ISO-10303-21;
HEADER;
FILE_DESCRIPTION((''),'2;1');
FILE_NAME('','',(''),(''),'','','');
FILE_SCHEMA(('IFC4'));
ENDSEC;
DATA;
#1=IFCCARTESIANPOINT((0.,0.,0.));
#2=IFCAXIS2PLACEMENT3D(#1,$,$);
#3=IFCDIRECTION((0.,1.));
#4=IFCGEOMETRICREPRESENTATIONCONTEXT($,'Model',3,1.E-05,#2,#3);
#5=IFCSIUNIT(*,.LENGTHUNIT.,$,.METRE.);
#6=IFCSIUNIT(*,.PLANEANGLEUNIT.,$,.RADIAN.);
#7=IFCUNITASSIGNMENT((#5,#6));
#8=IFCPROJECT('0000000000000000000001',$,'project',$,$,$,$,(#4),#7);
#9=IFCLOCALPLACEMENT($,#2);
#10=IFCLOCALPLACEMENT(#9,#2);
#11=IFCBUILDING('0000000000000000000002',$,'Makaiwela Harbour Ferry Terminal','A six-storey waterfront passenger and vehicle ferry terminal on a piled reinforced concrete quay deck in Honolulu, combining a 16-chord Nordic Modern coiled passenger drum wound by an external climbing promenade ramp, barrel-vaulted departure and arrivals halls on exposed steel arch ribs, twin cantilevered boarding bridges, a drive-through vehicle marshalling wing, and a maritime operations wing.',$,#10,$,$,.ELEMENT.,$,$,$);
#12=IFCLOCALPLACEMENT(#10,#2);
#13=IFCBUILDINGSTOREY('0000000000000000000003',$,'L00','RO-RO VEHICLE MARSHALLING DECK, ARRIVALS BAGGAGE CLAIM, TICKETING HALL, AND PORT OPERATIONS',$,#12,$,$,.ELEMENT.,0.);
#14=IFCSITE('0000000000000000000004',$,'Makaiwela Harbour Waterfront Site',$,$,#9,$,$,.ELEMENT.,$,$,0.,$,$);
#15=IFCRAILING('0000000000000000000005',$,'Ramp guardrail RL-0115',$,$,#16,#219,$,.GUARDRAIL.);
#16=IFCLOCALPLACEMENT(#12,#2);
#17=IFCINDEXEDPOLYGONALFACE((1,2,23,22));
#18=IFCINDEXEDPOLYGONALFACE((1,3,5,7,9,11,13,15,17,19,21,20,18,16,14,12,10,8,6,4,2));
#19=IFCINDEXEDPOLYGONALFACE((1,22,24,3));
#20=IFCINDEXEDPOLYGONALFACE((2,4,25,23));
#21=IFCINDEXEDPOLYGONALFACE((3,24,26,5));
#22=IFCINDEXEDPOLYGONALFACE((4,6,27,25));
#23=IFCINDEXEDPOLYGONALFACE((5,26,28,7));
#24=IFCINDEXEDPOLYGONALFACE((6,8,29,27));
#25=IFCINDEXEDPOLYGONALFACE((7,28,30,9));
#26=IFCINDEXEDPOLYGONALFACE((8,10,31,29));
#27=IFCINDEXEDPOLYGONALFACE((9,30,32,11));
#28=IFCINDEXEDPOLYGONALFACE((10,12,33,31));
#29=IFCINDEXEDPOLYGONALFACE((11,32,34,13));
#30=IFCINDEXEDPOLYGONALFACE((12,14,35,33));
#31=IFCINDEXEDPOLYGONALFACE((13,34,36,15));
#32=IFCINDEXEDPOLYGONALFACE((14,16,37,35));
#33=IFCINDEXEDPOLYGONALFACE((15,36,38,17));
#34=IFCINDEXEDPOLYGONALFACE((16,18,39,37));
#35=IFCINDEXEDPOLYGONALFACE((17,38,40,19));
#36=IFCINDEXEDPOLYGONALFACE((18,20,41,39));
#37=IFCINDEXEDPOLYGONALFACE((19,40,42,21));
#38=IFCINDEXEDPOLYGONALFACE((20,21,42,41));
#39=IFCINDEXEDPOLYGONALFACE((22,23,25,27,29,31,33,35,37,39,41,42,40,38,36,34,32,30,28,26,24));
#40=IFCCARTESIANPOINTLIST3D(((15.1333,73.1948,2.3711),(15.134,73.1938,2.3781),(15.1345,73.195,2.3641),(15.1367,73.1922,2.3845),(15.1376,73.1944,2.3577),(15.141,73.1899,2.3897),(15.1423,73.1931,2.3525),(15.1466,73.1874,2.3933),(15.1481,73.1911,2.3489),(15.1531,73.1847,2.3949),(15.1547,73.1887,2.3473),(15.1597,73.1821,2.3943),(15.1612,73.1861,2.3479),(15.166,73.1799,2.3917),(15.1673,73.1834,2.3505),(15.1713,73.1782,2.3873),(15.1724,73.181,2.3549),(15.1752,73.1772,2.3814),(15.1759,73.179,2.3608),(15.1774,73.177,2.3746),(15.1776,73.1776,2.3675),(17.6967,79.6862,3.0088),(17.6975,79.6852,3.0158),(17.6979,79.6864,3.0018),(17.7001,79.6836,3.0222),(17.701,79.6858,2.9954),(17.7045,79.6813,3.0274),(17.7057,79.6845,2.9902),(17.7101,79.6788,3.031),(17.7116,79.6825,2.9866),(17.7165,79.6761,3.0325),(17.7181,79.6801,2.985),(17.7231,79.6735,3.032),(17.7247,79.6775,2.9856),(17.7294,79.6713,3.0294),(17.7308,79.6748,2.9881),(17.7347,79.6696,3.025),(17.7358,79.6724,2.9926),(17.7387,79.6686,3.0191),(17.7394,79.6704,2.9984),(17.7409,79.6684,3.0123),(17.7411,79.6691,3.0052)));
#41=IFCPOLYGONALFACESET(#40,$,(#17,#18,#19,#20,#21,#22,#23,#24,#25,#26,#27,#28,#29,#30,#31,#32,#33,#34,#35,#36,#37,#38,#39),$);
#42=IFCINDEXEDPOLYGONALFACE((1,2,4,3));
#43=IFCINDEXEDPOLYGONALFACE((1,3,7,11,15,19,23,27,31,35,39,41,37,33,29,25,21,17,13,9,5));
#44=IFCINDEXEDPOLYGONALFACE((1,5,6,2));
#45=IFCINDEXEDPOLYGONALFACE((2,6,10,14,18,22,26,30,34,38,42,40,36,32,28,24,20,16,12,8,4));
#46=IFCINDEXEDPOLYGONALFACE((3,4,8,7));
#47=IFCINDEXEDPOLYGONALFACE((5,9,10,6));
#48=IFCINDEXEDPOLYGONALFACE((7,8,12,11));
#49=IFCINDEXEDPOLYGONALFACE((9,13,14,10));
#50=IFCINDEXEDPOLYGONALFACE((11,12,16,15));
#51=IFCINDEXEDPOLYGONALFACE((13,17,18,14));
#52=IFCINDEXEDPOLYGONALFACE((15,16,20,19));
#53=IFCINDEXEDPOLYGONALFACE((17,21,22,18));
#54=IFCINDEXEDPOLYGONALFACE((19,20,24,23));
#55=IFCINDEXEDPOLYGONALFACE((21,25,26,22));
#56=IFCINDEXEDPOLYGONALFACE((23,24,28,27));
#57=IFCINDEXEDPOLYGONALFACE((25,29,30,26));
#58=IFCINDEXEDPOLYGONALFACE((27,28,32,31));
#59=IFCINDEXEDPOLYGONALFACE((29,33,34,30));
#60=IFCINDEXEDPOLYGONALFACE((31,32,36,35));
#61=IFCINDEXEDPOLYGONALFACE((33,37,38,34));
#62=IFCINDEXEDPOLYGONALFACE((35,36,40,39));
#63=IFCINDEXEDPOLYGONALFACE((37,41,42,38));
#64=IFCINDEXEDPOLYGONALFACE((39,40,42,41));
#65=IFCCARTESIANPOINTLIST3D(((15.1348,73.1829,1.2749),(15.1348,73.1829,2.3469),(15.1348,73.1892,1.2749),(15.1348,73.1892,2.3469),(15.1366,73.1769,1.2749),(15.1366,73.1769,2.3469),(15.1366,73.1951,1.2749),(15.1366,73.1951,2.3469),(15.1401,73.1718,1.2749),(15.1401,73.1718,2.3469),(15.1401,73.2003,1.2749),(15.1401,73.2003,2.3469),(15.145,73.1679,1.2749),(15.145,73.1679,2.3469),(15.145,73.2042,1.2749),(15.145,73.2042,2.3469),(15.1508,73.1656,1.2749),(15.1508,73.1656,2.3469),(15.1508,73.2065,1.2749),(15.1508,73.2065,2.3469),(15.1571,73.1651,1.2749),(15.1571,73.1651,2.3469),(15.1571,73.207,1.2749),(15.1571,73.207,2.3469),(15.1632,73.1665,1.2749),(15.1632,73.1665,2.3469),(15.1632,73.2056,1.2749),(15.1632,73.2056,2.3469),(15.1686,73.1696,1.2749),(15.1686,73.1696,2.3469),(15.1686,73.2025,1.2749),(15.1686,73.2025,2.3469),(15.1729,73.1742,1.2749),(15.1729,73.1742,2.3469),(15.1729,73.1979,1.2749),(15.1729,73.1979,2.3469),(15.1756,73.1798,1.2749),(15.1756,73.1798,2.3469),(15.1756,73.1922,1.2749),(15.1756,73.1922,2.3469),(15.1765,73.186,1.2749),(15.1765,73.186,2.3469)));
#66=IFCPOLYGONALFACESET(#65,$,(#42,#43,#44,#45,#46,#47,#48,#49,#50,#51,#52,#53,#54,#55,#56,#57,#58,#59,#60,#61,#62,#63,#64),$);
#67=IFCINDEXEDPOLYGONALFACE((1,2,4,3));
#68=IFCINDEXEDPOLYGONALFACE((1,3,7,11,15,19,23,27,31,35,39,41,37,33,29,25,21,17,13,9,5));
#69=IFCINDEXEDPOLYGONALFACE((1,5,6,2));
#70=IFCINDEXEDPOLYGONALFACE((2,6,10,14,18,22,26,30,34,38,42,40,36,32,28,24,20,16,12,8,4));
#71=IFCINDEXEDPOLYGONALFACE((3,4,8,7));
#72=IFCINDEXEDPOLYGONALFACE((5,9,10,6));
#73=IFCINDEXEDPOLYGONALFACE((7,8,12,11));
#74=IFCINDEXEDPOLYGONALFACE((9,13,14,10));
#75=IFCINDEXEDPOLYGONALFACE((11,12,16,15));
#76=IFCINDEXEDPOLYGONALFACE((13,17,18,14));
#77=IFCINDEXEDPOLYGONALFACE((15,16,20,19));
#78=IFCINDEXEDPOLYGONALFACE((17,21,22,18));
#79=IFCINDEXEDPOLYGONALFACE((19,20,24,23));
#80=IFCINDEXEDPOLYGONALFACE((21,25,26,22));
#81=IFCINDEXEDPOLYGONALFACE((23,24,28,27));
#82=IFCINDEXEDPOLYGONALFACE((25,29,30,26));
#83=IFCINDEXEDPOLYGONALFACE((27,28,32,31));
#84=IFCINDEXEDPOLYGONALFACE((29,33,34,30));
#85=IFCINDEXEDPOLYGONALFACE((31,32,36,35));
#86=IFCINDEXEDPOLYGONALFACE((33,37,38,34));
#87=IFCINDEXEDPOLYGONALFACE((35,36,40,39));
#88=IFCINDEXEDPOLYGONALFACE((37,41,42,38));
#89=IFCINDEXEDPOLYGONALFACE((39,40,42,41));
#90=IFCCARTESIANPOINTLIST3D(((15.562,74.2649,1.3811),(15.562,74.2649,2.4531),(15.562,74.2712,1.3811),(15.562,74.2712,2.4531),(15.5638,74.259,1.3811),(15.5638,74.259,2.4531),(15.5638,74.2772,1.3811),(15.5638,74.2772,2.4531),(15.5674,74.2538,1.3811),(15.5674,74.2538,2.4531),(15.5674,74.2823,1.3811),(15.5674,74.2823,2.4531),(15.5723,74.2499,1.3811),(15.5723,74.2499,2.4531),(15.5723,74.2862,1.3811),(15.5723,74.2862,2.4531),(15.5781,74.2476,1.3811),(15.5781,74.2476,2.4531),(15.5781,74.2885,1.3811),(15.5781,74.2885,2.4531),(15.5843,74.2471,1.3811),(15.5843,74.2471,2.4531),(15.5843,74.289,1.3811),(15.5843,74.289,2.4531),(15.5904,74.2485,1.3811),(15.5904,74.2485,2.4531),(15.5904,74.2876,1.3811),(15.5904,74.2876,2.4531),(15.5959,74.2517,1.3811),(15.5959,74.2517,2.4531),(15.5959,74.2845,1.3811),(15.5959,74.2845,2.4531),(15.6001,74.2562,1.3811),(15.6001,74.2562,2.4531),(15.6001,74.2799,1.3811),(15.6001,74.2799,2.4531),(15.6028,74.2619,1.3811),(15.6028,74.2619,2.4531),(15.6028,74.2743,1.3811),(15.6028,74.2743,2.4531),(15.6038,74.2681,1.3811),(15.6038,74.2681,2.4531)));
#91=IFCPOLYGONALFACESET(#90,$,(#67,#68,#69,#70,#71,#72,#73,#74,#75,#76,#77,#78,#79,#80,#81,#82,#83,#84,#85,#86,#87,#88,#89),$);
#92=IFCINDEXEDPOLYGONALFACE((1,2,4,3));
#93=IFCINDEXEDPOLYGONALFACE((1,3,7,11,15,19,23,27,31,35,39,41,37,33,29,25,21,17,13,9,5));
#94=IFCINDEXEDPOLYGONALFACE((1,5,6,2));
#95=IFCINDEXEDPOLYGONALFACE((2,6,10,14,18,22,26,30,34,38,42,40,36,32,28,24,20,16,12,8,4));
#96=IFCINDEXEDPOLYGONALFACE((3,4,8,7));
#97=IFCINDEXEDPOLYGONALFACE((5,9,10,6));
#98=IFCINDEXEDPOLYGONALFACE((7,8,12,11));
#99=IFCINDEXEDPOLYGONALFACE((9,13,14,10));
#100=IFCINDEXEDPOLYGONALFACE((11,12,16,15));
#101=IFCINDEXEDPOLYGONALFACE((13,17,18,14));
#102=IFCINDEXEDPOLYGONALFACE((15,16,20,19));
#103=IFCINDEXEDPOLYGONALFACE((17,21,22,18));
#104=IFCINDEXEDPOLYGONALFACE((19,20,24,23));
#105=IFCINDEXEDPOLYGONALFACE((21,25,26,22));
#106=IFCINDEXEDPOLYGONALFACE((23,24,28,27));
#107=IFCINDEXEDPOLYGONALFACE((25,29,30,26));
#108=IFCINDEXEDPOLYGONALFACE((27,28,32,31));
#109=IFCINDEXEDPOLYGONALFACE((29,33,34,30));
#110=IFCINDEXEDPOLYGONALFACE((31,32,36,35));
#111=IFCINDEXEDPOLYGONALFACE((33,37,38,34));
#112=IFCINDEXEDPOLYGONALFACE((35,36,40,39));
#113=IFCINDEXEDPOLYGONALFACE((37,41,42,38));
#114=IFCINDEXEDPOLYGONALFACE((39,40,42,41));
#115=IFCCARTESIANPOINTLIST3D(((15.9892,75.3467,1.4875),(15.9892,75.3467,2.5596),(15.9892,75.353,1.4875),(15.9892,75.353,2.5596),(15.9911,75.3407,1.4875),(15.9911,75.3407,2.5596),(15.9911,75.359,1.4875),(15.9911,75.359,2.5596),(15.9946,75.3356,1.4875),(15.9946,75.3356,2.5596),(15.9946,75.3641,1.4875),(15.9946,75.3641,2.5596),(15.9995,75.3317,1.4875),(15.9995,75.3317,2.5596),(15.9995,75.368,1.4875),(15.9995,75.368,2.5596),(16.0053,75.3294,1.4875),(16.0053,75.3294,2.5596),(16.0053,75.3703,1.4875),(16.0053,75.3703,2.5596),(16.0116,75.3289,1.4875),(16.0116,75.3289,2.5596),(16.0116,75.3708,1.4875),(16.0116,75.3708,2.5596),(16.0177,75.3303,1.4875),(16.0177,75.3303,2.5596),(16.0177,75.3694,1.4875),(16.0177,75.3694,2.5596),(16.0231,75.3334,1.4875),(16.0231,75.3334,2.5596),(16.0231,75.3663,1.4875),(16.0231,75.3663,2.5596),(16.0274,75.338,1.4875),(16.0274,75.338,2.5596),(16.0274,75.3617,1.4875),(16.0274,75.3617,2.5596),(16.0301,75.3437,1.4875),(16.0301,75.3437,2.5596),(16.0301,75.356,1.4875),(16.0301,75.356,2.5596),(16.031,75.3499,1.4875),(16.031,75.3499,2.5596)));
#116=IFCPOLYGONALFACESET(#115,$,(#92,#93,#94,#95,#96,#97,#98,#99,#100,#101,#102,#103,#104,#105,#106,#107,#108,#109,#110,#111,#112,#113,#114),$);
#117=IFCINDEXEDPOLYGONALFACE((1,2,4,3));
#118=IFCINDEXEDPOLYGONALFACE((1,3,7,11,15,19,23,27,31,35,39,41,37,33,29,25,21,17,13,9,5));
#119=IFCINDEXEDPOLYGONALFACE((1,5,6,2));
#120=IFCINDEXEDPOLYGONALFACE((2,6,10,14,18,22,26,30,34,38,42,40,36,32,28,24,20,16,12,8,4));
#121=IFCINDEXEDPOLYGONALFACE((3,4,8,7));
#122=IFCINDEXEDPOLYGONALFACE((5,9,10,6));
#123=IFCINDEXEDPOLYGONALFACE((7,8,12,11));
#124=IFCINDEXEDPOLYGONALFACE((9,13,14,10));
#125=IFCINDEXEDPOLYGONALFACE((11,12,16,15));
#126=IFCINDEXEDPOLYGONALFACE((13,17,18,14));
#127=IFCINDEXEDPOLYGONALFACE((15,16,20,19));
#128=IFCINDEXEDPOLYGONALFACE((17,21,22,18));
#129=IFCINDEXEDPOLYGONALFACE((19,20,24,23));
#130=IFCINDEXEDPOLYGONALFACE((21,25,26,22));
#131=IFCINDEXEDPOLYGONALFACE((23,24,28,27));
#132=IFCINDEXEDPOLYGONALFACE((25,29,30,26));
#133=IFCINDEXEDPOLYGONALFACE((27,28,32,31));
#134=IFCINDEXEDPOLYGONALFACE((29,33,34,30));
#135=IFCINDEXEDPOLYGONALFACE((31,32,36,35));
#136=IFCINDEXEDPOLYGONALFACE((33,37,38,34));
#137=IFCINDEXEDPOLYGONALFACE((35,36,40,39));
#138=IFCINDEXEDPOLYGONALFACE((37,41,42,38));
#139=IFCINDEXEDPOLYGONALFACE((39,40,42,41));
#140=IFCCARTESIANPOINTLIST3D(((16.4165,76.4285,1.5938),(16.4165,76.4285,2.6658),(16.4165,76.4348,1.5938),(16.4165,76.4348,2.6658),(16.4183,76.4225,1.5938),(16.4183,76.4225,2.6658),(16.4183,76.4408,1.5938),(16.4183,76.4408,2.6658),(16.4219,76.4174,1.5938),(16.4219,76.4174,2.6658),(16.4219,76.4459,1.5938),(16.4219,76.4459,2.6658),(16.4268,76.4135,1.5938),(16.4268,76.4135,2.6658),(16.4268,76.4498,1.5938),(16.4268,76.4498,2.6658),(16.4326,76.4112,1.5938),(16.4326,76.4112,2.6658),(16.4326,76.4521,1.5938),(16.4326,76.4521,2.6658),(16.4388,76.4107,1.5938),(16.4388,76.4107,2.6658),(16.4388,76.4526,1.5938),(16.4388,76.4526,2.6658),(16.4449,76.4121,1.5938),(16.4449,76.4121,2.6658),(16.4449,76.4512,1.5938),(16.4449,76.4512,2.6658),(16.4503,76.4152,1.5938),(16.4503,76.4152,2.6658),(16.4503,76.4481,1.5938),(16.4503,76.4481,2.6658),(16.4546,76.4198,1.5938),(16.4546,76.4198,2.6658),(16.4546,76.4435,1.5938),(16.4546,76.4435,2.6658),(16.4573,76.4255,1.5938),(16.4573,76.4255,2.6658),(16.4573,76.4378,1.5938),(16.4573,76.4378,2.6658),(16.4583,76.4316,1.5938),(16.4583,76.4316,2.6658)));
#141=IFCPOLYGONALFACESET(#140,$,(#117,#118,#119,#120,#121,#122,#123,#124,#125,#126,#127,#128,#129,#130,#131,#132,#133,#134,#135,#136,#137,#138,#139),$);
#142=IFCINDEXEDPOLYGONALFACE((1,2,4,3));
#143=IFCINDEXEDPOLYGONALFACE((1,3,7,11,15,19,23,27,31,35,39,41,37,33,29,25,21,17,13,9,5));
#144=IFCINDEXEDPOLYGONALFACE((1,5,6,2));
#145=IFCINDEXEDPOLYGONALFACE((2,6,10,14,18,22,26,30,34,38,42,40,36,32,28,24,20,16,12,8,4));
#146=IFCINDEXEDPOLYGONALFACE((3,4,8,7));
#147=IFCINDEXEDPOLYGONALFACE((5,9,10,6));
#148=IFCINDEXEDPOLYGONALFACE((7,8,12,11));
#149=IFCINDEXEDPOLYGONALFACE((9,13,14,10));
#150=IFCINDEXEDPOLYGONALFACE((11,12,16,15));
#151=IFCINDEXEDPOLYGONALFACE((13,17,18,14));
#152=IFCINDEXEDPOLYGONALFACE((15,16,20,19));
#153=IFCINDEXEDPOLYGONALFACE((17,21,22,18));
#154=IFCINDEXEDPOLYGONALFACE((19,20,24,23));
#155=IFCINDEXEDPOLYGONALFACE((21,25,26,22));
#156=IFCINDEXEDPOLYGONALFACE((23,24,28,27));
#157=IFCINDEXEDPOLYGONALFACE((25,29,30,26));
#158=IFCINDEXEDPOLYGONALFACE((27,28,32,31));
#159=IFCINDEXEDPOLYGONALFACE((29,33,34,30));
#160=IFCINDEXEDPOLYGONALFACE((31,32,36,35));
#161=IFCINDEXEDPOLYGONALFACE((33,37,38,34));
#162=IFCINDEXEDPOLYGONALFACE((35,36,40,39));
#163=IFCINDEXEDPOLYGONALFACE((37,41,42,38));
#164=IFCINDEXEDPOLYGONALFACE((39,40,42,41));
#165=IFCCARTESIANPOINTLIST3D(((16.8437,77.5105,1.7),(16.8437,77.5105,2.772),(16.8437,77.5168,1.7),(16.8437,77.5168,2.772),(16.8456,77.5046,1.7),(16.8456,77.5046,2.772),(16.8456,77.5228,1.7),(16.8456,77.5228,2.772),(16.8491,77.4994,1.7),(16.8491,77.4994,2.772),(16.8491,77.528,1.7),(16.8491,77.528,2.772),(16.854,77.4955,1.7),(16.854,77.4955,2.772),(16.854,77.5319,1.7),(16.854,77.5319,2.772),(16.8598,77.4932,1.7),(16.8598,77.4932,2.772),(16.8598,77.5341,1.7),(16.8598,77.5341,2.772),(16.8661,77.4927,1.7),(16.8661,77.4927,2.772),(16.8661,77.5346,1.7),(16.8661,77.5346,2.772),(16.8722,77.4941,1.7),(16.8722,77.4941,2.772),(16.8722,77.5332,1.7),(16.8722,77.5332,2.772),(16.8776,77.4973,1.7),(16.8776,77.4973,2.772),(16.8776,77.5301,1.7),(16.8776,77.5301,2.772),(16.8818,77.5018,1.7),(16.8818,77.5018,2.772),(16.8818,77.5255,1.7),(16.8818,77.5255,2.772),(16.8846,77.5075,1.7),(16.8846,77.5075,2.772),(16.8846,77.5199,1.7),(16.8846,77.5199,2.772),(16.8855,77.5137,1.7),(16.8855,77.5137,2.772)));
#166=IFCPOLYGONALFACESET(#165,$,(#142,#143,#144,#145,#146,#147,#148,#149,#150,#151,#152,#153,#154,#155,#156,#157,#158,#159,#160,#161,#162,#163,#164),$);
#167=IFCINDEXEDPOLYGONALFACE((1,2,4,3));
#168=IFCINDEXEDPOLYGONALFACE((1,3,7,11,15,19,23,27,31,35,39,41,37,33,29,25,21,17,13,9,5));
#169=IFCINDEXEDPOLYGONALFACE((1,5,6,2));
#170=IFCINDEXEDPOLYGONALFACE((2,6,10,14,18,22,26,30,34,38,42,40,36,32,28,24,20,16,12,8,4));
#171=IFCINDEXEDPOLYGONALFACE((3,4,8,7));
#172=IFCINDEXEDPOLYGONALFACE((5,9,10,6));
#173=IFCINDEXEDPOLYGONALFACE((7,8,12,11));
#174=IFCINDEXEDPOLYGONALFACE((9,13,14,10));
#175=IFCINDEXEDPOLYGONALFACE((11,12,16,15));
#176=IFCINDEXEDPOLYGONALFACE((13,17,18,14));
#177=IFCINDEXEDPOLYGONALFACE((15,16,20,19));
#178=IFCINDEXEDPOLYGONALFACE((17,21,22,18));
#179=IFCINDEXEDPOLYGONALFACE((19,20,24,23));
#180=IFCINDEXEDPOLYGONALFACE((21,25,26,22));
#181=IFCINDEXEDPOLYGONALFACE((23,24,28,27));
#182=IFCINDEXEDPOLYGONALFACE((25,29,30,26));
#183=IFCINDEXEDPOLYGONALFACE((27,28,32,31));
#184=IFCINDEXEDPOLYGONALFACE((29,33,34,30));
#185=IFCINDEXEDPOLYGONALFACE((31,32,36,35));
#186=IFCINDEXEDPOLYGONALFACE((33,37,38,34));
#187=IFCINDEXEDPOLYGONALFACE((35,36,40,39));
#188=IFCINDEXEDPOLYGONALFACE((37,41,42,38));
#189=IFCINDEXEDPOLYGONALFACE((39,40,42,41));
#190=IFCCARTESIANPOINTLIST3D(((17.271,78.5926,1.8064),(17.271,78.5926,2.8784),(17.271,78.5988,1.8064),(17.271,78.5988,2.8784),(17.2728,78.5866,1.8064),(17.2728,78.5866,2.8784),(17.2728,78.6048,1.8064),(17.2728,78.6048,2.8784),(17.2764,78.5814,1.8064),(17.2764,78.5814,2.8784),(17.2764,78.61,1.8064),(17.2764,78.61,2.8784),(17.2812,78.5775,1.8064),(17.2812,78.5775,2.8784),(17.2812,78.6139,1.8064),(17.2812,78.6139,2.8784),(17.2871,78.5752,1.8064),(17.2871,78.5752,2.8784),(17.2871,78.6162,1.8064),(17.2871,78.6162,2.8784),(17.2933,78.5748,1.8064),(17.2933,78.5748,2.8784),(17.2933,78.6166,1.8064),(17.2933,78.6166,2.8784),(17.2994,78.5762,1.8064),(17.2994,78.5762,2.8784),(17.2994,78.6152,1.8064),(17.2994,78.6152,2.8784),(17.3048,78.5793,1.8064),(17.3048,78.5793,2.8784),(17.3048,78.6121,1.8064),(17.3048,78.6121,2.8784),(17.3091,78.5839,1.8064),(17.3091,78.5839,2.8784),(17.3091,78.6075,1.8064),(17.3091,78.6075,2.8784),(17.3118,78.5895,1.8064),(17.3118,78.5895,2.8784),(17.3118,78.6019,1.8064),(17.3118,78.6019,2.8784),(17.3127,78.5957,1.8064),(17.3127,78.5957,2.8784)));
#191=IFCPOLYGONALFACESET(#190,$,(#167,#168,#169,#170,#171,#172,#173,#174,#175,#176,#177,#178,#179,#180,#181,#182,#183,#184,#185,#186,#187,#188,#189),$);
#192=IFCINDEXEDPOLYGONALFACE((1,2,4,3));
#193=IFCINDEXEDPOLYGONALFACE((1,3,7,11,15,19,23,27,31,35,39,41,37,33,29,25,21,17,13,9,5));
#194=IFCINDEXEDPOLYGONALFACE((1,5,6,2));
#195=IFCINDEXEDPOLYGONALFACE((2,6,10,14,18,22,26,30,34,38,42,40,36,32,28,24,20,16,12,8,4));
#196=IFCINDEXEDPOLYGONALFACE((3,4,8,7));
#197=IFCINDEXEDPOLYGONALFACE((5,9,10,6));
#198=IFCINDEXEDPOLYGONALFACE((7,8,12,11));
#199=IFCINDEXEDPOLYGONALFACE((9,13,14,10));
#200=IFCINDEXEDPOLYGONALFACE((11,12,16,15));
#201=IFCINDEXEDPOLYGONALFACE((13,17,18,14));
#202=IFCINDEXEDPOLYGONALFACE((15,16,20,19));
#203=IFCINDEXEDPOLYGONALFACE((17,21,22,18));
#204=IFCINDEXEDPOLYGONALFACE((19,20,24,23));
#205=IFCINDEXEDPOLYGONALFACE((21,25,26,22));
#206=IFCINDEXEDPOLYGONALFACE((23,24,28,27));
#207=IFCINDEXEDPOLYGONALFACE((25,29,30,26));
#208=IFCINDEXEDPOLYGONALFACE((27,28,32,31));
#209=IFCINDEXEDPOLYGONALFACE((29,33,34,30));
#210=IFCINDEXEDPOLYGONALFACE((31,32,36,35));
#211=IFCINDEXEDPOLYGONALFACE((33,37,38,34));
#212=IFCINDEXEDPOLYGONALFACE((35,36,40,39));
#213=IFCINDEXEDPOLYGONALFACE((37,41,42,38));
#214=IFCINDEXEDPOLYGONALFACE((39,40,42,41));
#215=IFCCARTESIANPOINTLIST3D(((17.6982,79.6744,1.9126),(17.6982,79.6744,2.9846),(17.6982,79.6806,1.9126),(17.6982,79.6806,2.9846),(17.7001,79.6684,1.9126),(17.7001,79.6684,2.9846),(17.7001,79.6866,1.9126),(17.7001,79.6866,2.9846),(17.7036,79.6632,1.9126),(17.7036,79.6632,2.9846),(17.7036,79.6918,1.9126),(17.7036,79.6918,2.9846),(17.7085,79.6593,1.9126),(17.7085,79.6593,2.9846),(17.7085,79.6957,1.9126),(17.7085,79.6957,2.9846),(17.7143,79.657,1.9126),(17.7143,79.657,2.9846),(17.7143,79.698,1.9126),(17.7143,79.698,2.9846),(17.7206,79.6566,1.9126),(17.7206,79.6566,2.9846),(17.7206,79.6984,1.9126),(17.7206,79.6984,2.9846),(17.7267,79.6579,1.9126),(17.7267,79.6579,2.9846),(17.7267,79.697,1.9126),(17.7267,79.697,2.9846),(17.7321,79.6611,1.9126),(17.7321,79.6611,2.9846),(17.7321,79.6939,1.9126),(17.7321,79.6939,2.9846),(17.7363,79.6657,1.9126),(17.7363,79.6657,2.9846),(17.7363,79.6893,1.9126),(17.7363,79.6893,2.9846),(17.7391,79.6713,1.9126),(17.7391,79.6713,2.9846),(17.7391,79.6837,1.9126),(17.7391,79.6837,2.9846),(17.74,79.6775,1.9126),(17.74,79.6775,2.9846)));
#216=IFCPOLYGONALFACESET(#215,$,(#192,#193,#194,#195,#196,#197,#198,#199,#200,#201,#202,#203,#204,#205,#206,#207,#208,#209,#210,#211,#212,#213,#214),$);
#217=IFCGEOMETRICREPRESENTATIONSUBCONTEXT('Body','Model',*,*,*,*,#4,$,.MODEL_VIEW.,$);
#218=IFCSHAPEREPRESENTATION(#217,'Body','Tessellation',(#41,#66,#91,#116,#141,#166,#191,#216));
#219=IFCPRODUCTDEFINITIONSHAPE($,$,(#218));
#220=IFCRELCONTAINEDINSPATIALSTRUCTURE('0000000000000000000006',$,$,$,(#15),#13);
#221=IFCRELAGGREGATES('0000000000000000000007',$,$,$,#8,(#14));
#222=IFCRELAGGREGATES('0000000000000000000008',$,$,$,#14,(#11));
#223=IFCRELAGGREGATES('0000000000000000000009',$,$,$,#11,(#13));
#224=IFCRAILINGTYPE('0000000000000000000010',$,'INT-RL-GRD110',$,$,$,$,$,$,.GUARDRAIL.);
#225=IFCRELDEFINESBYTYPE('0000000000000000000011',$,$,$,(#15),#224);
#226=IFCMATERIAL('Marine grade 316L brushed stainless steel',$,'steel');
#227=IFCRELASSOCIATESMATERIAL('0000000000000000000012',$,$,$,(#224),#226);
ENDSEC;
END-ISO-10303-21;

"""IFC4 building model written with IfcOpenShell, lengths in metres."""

from ifc_helpers import new_model, si_unit, direction, frame, origin, origin_2d, place, context, subcontext, project, spatial, circle, extrude, material, type_object, element, save


model = new_model("IFC4")

# Units and contexts
model_context = context("Model", 3, precision=1e-05, world=origin(), true_north=direction((0.0, 1.0)))
body_context = subcontext(model_context, "Body", "Model", "MODEL_VIEW")
ifc_project = project(units=[si_unit("LENGTHUNIT", "METRE"), si_unit("PLANEANGLEUNIT", "RADIAN")], contexts=[model_context])

# Site, building, storey
site_placement = place(None, origin())
site = spatial("IfcSite", under=ifc_project, at=site_placement, Name="Makaiwela Harbour Waterfront Site", CompositionType="ELEMENT", RefElevation=0.0)
building_placement = place(site_placement, origin())
building = spatial("IfcBuilding", under=site, at=building_placement, Name="Makaiwela Harbour Ferry Terminal", Description="A six-storey waterfront passenger and vehicle ferry terminal on a piled reinforced concrete quay deck in Honolulu, combining a 16-chord Nordic Modern coiled passenger drum wound by an external climbing promenade ramp, barrel-vaulted departure and arrivals halls on exposed steel arch ribs, twin cantilevered boarding bridges, a drive-through vehicle marshalling wing, and a maritime operations wing.", CompositionType="ELEMENT")
storey_placement = place(building_placement, origin())
storey = spatial("IfcBuildingStorey", under=building, at=storey_placement, Name="L00", Description="RO-RO VEHICLE MARSHALLING DECK, ARRIVALS BAGGAGE CLAIM, TICKETING HALL, AND PORT OPERATIONS", CompositionType="ELEMENT", Elevation=0.0)

# Railing
ifc_material_1 = material(Name="Marine grade 316L brushed stainless steel", Category="steel")
railing_type_1 = type_object("IfcRailingType", Name="INT-RL-GRD110", PredefinedType="GUARDRAIL", material=ifc_material_1)
railing_1_placement = place(storey_placement, frame((15.1555, 73.186, 1.2749)))
element("IfcRailing", 1, at=railing_1_placement, inside=storey, type_object=railing_type_1, Name="Ramp guardrail RL-0115", PredefinedType="GUARDRAIL", context=body_context, shape_type="SweptSolid", body=[
    extrude(circle(Radius=0.0239, at=origin_2d()), frame((0.0, 0.0, 1.0962), z_axis=(0.365774, 0.926245, 0.090991), x_axis=(-0.930103, 0.367298, 0.0)), (0.0, 0.0, 1.0), 7.0083),
    extrude(circle(Radius=0.021, at=origin_2d()), origin(), (0.0, 0.0, 1.0), 1.072),
    extrude(circle(Radius=0.021, at=origin_2d()), frame((0.4272, 1.082, 0.1062)), (0.0, 0.0, 1.0), 1.072),
    extrude(circle(Radius=0.021, at=origin_2d()), frame((0.8545, 2.1638, 0.2126)), (0.0, 0.0, 1.0), 1.072),
    extrude(circle(Radius=0.021, at=origin_2d()), frame((1.2817, 3.2456, 0.3188)), (0.0, 0.0, 1.0), 1.072),
    extrude(circle(Radius=0.021, at=origin_2d()), frame((1.709, 4.3276, 0.425)), (0.0, 0.0, 1.0), 1.072),
    extrude(circle(Radius=0.021, at=origin_2d()), frame((2.1362, 5.4097, 0.5315)), (0.0, 0.0, 1.0), 1.072),
    extrude(circle(Radius=0.021, at=origin_2d()), frame((2.5635, 6.4915, 0.6377)), (0.0, 0.0, 1.0), 1.072),
])

save(model, "model.ifc")
